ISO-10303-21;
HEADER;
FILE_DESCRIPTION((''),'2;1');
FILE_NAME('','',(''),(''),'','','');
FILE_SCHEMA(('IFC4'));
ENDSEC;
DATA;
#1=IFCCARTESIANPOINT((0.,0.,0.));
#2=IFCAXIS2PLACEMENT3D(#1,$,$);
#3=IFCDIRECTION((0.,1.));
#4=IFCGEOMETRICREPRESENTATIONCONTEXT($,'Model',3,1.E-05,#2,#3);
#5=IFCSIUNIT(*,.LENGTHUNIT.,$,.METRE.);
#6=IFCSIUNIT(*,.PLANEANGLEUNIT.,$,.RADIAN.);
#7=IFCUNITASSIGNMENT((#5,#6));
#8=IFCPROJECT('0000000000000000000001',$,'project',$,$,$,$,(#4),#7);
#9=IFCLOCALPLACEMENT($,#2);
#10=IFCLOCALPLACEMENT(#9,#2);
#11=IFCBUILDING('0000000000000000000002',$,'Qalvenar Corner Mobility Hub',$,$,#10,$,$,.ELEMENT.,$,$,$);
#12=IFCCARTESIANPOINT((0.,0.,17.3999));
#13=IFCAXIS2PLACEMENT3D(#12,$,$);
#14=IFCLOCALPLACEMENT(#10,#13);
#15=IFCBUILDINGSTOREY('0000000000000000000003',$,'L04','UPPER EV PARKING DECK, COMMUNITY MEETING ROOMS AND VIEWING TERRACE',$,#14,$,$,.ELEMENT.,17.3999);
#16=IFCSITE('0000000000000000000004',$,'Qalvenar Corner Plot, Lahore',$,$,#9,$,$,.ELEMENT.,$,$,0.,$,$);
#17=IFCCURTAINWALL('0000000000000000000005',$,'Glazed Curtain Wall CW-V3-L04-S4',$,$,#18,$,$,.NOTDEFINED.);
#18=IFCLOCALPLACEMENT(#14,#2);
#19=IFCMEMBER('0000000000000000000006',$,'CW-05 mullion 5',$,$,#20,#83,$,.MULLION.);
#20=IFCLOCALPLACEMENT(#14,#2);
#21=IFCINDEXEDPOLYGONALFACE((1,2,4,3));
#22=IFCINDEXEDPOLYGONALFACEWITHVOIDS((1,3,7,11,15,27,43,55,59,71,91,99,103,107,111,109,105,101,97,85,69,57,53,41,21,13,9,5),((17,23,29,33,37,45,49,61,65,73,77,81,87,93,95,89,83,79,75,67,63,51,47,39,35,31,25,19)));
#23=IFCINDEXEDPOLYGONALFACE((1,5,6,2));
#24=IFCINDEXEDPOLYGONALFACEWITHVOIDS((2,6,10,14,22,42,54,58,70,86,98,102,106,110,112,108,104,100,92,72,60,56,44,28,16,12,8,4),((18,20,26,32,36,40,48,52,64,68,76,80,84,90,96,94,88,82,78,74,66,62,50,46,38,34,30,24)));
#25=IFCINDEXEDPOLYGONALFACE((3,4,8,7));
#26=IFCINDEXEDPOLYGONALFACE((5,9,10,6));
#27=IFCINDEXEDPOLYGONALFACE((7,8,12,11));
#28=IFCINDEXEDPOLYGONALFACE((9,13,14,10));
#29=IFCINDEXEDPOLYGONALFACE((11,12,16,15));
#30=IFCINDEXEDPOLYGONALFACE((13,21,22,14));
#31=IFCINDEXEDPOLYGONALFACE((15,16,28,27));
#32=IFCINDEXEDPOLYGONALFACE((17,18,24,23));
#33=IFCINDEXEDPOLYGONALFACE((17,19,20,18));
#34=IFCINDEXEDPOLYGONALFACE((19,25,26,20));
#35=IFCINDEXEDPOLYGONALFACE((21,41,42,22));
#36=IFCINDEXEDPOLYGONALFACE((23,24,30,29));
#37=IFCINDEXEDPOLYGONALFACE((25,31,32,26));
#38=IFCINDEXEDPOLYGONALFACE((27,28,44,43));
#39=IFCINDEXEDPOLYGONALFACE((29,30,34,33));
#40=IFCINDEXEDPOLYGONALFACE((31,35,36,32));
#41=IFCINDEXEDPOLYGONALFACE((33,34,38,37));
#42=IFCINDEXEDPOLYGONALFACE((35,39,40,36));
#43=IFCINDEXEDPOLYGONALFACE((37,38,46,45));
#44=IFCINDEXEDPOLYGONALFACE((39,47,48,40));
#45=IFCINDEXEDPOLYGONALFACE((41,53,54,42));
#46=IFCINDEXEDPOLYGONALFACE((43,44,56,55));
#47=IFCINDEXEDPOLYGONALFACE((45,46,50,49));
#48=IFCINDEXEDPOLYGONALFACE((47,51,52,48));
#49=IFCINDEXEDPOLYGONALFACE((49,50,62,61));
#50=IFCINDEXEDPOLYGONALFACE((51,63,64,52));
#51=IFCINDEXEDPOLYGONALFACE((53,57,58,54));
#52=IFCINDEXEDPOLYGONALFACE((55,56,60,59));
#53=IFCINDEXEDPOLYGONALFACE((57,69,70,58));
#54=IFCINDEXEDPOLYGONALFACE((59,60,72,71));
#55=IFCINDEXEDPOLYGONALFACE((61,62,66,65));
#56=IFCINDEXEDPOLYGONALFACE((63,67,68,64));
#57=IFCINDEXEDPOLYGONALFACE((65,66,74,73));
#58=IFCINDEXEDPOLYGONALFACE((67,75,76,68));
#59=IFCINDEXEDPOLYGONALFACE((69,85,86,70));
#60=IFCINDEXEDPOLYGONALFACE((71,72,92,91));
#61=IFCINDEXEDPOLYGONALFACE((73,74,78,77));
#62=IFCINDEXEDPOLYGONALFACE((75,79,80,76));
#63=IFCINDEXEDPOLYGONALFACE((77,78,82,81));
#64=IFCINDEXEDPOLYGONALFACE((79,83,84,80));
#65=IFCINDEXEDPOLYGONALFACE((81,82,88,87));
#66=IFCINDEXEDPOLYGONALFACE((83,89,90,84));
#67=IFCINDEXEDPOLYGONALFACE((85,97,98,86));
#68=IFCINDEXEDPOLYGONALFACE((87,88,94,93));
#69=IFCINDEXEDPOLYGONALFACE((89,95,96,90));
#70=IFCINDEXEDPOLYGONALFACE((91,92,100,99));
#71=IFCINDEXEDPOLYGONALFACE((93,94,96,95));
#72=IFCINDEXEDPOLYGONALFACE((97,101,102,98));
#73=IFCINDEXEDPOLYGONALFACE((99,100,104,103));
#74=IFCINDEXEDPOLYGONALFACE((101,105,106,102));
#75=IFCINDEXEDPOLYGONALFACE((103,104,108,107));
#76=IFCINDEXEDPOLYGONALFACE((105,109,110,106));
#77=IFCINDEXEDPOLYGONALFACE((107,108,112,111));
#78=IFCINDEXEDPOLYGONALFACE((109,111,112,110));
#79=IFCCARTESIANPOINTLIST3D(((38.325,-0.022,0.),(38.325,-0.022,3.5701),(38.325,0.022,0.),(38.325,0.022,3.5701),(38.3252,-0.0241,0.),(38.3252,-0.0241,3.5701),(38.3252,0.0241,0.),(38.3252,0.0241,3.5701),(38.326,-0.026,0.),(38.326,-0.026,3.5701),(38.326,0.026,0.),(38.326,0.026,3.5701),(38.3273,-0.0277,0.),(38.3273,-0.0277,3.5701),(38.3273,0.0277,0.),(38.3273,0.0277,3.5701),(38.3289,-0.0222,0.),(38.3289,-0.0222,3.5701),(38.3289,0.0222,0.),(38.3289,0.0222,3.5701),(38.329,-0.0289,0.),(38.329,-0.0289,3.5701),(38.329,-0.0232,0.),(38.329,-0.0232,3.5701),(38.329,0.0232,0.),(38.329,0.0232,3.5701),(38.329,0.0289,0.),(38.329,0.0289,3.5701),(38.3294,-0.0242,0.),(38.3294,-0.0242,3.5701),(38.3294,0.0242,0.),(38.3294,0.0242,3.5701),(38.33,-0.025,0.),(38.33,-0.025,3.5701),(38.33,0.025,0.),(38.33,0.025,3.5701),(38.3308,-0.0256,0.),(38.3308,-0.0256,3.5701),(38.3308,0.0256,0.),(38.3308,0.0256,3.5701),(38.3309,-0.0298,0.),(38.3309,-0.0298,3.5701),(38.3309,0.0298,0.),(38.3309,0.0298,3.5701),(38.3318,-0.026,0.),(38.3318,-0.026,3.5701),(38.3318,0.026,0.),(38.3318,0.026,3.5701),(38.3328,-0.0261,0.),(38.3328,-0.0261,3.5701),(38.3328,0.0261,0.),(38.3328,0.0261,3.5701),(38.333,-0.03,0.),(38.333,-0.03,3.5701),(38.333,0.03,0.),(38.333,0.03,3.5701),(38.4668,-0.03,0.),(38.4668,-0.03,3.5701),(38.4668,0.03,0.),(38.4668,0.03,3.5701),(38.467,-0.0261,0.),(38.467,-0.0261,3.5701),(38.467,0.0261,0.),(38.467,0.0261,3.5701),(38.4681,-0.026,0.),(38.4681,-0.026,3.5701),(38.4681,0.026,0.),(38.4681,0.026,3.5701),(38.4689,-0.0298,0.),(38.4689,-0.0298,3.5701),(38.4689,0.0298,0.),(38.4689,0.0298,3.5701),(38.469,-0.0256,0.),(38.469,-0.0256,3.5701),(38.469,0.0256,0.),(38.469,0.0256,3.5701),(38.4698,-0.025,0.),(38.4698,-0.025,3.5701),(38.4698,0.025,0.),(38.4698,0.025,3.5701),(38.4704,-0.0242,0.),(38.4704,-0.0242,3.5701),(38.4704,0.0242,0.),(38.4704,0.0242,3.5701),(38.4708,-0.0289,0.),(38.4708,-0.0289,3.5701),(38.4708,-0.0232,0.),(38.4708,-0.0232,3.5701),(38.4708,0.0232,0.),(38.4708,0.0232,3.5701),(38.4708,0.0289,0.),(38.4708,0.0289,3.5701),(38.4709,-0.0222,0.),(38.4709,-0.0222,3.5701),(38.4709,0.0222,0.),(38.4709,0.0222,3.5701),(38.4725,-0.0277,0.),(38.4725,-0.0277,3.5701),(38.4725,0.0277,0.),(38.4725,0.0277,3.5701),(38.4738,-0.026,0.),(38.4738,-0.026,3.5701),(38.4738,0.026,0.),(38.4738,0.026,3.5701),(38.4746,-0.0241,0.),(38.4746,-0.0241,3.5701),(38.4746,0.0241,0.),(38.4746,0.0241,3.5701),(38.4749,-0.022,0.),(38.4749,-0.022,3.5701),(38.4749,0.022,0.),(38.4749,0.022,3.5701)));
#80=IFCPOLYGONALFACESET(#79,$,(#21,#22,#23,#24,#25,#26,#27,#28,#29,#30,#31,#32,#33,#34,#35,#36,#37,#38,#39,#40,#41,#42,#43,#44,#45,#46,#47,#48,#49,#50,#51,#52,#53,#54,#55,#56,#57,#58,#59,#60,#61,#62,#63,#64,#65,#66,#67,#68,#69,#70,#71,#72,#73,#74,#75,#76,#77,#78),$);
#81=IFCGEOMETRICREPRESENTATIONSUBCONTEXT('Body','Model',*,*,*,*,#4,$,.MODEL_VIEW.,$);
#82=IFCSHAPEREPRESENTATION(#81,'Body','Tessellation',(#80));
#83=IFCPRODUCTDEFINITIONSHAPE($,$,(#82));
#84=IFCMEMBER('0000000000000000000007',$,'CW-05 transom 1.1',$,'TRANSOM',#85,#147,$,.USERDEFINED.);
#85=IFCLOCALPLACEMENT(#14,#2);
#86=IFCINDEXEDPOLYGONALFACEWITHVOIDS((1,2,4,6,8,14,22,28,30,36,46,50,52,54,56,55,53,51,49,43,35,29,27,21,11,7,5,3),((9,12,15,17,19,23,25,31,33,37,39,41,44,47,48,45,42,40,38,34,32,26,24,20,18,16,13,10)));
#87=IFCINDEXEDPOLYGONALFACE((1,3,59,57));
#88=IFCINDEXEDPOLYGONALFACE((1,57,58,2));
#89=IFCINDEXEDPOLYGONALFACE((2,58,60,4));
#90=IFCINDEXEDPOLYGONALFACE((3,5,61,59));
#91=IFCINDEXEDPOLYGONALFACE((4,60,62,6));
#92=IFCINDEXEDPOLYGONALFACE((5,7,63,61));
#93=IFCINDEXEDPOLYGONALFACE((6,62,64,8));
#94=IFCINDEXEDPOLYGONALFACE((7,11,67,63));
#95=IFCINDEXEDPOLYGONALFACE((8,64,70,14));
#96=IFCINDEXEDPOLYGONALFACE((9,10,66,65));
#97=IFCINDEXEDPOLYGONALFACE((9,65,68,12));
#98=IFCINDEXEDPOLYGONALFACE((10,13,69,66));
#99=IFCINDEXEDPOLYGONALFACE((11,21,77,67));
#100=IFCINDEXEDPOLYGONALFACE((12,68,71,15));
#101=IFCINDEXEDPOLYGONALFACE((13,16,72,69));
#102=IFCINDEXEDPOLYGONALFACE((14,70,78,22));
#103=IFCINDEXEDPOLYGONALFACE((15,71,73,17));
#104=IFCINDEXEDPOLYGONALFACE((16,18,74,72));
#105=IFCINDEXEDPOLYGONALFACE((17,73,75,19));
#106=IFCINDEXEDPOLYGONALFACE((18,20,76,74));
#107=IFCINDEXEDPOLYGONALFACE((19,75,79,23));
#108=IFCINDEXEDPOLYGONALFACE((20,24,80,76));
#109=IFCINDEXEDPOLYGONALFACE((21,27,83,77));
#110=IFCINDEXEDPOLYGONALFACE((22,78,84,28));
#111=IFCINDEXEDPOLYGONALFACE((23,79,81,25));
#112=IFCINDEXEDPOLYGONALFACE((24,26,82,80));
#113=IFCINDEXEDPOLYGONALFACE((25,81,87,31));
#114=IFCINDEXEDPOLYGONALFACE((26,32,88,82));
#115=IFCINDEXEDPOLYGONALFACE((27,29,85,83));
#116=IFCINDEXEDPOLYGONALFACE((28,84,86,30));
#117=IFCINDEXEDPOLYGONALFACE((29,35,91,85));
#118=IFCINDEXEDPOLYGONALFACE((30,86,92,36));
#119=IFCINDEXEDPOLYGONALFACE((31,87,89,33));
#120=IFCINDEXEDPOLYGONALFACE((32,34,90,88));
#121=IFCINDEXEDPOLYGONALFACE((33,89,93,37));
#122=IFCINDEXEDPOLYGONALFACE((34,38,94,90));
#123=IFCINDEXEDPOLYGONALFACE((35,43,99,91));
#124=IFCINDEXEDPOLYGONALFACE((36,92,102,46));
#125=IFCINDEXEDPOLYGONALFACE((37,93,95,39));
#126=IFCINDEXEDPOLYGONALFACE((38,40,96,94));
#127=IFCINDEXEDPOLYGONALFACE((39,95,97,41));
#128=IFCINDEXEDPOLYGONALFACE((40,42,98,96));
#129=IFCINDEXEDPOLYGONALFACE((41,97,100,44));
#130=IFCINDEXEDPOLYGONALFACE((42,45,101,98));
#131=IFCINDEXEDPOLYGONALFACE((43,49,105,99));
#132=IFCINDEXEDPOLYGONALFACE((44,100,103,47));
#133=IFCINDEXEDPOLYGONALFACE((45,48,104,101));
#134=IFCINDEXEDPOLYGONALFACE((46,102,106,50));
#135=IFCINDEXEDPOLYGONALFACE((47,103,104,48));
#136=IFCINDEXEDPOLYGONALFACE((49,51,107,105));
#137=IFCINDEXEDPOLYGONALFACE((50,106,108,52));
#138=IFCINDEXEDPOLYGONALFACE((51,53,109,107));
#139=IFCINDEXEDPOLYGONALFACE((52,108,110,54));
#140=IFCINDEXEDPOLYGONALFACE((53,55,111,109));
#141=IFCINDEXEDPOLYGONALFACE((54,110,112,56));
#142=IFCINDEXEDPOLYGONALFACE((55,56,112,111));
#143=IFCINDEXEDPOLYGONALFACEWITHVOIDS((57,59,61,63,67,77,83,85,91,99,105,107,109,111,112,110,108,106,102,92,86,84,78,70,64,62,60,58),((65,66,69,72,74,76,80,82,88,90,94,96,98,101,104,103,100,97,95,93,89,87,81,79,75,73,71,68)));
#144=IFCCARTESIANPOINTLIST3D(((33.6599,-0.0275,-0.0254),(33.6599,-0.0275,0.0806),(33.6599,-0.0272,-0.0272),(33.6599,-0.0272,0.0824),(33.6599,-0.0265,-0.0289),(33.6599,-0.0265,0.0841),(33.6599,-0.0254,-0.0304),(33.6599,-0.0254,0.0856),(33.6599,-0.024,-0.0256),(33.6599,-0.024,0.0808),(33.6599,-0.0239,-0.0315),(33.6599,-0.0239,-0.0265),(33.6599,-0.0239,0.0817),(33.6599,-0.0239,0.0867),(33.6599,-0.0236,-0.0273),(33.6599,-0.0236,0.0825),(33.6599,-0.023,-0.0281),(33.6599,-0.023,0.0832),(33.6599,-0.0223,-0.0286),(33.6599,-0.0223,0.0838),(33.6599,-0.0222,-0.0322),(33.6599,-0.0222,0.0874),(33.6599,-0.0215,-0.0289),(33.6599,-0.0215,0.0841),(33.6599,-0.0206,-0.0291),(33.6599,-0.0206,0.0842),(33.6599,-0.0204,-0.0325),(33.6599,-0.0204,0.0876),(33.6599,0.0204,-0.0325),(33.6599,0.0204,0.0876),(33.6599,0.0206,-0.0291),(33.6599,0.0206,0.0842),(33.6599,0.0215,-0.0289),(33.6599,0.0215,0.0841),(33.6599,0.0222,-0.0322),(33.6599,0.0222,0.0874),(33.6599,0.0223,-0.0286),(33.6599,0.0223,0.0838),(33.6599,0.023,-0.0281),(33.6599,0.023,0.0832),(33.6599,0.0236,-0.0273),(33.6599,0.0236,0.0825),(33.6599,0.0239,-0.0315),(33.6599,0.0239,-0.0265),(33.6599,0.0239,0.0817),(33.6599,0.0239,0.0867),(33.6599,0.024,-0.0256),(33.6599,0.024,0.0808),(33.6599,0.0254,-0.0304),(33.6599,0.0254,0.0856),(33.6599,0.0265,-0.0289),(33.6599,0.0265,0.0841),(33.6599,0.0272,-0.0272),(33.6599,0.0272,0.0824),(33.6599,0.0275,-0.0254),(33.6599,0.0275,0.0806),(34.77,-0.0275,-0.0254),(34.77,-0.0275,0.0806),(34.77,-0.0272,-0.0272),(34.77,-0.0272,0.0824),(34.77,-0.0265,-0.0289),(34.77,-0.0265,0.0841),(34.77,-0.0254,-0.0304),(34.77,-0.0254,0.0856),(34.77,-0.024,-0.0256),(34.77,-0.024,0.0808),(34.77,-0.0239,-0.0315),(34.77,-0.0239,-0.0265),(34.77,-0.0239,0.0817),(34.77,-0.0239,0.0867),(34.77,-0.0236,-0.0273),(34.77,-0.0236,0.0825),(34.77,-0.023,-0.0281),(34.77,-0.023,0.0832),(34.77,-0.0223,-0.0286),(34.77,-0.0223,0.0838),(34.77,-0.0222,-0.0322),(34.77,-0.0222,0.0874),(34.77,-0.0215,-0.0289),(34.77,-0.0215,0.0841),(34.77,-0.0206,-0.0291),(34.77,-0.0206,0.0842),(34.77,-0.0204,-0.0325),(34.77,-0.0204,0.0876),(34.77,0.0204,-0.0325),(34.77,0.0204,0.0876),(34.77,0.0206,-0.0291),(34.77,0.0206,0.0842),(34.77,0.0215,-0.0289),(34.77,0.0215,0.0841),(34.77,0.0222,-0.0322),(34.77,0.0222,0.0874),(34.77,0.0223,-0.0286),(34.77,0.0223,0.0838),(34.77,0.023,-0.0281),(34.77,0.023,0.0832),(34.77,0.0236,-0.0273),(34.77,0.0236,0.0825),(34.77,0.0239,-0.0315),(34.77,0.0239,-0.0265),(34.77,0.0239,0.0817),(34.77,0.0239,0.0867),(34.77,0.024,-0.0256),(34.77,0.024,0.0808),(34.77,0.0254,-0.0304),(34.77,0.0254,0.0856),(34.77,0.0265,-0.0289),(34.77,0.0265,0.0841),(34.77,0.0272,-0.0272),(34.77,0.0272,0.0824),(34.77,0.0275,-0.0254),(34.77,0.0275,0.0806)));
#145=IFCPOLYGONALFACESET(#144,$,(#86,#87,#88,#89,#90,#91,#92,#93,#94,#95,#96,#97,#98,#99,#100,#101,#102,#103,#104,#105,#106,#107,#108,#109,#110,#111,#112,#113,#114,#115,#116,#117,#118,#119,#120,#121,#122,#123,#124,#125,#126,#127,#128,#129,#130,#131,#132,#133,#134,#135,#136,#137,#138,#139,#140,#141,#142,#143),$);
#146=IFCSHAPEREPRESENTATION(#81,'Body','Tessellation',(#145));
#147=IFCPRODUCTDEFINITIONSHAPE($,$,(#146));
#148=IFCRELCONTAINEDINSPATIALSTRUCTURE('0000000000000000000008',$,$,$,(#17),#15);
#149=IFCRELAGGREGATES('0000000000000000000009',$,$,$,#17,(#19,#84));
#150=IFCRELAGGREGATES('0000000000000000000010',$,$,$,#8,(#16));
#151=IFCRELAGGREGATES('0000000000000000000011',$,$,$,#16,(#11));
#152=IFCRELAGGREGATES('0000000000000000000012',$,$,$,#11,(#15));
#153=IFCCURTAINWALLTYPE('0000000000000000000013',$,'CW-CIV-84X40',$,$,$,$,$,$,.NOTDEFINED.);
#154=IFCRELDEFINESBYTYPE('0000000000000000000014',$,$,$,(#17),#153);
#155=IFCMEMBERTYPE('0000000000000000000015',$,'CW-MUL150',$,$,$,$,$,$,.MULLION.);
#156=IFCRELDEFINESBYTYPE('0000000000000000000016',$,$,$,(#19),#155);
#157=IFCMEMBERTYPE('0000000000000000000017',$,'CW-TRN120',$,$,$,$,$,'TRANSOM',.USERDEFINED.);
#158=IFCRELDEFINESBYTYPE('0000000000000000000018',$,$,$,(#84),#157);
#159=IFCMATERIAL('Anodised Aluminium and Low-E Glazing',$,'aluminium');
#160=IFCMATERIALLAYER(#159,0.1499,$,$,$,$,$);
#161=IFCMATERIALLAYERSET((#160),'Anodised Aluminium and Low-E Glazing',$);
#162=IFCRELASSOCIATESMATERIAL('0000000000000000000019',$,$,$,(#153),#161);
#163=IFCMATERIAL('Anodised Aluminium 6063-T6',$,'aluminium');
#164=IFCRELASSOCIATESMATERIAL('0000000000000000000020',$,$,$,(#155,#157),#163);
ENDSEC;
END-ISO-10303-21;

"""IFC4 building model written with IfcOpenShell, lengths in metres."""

from ifc_helpers import new_model, si_unit, direction, frame, origin, origin_2d, place, context, subcontext, project, spatial, hollow_rectangle, extrude, material, layer, layer_set, material_profile, profile_set, type_object, element, aggregate, save


model = new_model("IFC4")

# Units and contexts
model_context = context("Model", 3, precision=1e-05, world=origin(), true_north=direction((0.0, 1.0)))
body_context = subcontext(model_context, "Body", "Model", "MODEL_VIEW")
ifc_project = project(units=[si_unit("LENGTHUNIT", "METRE"), si_unit("PLANEANGLEUNIT", "RADIAN")], contexts=[model_context])

# Site, building, storey
site_placement = place(None, origin())
site = spatial("IfcSite", under=ifc_project, at=site_placement, Name="Qalvenar Corner Plot, Lahore", CompositionType="ELEMENT", RefElevation=0.0)
building_placement = place(site_placement, origin())
building = spatial("IfcBuilding", under=site, at=building_placement, Name="Qalvenar Corner Mobility Hub", CompositionType="ELEMENT")
storey_placement = place(building_placement, frame((0.0, 0.0, 17.3999)))
storey = spatial("IfcBuildingStorey", under=building, at=storey_placement, Name="L04", Description="UPPER EV PARKING DECK, COMMUNITY MEETING ROOMS AND VIEWING TERRACE", CompositionType="ELEMENT", Elevation=17.3999)

# Curtain wall, members
ifc_material_1 = material(Name="Anodised Aluminium and Low-E Glazing", Category="aluminium")
ifc_layer_1 = layer(ifc_material_1, 0.1499)
ifc_layer_set_1 = layer_set([ifc_layer_1], Name="Anodised Aluminium and Low-E Glazing")
curtain_wall_type = type_object("IfcCurtainWallType", Name="CW-CIV-84X40", PredefinedType="NOTDEFINED", material=ifc_layer_set_1)
curtain_wall_placement = place(storey_placement, origin())
curtain_wall = element("IfcCurtainWall", 1, at=curtain_wall_placement, inside=storey, type_object=curtain_wall_type, Name="Glazed Curtain Wall CW-V3-L04-S4", PredefinedType="NOTDEFINED")
ifc_material_2 = material(Name="Anodised Aluminium 6063-T6", Category="aluminium")
ifc_material_profile_1 = material_profile(ifc_material_2, hollow_rectangle(XDim=0.0601, YDim=0.1499, WallThickness=0.0039, InnerFilletRadius=0.0039, OuterFilletRadius=0.0081, at=origin_2d()), Name="RHS150x60x4")
ifc_profile_set_1 = profile_set([ifc_material_profile_1], Name="Anodised Aluminium 6063-T6")
member_type_1 = type_object("IfcMemberType", Name="CW-MUL150", PredefinedType="MULLION", material=ifc_profile_set_1)
member_1_placement = place(storey_placement, frame((38.3999, 0.0, 0.0), z_axis=(0.0, 0.0, 1.0), x_axis=(0.0, 1.0, 0.0)))
member_1 = element("IfcMember", 2, at=member_1_placement, type_object=member_type_1, Name="CW-05 mullion 5", PredefinedType="MULLION", context=body_context, shape_type="SweptSolid", body=[
    extrude(hollow_rectangle(XDim=0.0601, YDim=0.1499, WallThickness=0.0039, InnerFilletRadius=0.0039, OuterFilletRadius=0.0081, at=origin_2d()), origin(), (0.0, 0.0, 1.0), 3.5701),
])
ifc_material_profile_2 = material_profile(ifc_material_2, hollow_rectangle(XDim=0.0549, YDim=0.1201, WallThickness=0.0034, InnerFilletRadius=0.0034, OuterFilletRadius=0.0071, at=origin_2d()), Name="RHS120x55x3.5")
ifc_profile_set_2 = profile_set([ifc_material_profile_2], Name="Anodised Aluminium 6063-T6")
member_type_2 = type_object("IfcMemberType", Name="CW-TRN120", ElementType="TRANSOM", PredefinedType="USERDEFINED", material=ifc_profile_set_2)
member_2_placement = place(storey_placement, frame((33.6599, 0.0, 0.0276), z_axis=(1.0, 0.0, 0.0), x_axis=(0.0, 1.0, 0.0)))
member_2 = element("IfcMember", 3, at=member_2_placement, type_object=member_type_2, Name="CW-05 transom 1.1", ObjectType="TRANSOM", PredefinedType="USERDEFINED", context=body_context, shape_type="SweptSolid", body=[
    extrude(hollow_rectangle(XDim=0.0549, YDim=0.1201, WallThickness=0.0034, InnerFilletRadius=0.0034, OuterFilletRadius=0.0071, at=origin_2d()), origin(), (0.0, 0.0, 1.0), 1.1101),
])
aggregate(curtain_wall, [member_1, member_2])

save(model, "model.ifc")
